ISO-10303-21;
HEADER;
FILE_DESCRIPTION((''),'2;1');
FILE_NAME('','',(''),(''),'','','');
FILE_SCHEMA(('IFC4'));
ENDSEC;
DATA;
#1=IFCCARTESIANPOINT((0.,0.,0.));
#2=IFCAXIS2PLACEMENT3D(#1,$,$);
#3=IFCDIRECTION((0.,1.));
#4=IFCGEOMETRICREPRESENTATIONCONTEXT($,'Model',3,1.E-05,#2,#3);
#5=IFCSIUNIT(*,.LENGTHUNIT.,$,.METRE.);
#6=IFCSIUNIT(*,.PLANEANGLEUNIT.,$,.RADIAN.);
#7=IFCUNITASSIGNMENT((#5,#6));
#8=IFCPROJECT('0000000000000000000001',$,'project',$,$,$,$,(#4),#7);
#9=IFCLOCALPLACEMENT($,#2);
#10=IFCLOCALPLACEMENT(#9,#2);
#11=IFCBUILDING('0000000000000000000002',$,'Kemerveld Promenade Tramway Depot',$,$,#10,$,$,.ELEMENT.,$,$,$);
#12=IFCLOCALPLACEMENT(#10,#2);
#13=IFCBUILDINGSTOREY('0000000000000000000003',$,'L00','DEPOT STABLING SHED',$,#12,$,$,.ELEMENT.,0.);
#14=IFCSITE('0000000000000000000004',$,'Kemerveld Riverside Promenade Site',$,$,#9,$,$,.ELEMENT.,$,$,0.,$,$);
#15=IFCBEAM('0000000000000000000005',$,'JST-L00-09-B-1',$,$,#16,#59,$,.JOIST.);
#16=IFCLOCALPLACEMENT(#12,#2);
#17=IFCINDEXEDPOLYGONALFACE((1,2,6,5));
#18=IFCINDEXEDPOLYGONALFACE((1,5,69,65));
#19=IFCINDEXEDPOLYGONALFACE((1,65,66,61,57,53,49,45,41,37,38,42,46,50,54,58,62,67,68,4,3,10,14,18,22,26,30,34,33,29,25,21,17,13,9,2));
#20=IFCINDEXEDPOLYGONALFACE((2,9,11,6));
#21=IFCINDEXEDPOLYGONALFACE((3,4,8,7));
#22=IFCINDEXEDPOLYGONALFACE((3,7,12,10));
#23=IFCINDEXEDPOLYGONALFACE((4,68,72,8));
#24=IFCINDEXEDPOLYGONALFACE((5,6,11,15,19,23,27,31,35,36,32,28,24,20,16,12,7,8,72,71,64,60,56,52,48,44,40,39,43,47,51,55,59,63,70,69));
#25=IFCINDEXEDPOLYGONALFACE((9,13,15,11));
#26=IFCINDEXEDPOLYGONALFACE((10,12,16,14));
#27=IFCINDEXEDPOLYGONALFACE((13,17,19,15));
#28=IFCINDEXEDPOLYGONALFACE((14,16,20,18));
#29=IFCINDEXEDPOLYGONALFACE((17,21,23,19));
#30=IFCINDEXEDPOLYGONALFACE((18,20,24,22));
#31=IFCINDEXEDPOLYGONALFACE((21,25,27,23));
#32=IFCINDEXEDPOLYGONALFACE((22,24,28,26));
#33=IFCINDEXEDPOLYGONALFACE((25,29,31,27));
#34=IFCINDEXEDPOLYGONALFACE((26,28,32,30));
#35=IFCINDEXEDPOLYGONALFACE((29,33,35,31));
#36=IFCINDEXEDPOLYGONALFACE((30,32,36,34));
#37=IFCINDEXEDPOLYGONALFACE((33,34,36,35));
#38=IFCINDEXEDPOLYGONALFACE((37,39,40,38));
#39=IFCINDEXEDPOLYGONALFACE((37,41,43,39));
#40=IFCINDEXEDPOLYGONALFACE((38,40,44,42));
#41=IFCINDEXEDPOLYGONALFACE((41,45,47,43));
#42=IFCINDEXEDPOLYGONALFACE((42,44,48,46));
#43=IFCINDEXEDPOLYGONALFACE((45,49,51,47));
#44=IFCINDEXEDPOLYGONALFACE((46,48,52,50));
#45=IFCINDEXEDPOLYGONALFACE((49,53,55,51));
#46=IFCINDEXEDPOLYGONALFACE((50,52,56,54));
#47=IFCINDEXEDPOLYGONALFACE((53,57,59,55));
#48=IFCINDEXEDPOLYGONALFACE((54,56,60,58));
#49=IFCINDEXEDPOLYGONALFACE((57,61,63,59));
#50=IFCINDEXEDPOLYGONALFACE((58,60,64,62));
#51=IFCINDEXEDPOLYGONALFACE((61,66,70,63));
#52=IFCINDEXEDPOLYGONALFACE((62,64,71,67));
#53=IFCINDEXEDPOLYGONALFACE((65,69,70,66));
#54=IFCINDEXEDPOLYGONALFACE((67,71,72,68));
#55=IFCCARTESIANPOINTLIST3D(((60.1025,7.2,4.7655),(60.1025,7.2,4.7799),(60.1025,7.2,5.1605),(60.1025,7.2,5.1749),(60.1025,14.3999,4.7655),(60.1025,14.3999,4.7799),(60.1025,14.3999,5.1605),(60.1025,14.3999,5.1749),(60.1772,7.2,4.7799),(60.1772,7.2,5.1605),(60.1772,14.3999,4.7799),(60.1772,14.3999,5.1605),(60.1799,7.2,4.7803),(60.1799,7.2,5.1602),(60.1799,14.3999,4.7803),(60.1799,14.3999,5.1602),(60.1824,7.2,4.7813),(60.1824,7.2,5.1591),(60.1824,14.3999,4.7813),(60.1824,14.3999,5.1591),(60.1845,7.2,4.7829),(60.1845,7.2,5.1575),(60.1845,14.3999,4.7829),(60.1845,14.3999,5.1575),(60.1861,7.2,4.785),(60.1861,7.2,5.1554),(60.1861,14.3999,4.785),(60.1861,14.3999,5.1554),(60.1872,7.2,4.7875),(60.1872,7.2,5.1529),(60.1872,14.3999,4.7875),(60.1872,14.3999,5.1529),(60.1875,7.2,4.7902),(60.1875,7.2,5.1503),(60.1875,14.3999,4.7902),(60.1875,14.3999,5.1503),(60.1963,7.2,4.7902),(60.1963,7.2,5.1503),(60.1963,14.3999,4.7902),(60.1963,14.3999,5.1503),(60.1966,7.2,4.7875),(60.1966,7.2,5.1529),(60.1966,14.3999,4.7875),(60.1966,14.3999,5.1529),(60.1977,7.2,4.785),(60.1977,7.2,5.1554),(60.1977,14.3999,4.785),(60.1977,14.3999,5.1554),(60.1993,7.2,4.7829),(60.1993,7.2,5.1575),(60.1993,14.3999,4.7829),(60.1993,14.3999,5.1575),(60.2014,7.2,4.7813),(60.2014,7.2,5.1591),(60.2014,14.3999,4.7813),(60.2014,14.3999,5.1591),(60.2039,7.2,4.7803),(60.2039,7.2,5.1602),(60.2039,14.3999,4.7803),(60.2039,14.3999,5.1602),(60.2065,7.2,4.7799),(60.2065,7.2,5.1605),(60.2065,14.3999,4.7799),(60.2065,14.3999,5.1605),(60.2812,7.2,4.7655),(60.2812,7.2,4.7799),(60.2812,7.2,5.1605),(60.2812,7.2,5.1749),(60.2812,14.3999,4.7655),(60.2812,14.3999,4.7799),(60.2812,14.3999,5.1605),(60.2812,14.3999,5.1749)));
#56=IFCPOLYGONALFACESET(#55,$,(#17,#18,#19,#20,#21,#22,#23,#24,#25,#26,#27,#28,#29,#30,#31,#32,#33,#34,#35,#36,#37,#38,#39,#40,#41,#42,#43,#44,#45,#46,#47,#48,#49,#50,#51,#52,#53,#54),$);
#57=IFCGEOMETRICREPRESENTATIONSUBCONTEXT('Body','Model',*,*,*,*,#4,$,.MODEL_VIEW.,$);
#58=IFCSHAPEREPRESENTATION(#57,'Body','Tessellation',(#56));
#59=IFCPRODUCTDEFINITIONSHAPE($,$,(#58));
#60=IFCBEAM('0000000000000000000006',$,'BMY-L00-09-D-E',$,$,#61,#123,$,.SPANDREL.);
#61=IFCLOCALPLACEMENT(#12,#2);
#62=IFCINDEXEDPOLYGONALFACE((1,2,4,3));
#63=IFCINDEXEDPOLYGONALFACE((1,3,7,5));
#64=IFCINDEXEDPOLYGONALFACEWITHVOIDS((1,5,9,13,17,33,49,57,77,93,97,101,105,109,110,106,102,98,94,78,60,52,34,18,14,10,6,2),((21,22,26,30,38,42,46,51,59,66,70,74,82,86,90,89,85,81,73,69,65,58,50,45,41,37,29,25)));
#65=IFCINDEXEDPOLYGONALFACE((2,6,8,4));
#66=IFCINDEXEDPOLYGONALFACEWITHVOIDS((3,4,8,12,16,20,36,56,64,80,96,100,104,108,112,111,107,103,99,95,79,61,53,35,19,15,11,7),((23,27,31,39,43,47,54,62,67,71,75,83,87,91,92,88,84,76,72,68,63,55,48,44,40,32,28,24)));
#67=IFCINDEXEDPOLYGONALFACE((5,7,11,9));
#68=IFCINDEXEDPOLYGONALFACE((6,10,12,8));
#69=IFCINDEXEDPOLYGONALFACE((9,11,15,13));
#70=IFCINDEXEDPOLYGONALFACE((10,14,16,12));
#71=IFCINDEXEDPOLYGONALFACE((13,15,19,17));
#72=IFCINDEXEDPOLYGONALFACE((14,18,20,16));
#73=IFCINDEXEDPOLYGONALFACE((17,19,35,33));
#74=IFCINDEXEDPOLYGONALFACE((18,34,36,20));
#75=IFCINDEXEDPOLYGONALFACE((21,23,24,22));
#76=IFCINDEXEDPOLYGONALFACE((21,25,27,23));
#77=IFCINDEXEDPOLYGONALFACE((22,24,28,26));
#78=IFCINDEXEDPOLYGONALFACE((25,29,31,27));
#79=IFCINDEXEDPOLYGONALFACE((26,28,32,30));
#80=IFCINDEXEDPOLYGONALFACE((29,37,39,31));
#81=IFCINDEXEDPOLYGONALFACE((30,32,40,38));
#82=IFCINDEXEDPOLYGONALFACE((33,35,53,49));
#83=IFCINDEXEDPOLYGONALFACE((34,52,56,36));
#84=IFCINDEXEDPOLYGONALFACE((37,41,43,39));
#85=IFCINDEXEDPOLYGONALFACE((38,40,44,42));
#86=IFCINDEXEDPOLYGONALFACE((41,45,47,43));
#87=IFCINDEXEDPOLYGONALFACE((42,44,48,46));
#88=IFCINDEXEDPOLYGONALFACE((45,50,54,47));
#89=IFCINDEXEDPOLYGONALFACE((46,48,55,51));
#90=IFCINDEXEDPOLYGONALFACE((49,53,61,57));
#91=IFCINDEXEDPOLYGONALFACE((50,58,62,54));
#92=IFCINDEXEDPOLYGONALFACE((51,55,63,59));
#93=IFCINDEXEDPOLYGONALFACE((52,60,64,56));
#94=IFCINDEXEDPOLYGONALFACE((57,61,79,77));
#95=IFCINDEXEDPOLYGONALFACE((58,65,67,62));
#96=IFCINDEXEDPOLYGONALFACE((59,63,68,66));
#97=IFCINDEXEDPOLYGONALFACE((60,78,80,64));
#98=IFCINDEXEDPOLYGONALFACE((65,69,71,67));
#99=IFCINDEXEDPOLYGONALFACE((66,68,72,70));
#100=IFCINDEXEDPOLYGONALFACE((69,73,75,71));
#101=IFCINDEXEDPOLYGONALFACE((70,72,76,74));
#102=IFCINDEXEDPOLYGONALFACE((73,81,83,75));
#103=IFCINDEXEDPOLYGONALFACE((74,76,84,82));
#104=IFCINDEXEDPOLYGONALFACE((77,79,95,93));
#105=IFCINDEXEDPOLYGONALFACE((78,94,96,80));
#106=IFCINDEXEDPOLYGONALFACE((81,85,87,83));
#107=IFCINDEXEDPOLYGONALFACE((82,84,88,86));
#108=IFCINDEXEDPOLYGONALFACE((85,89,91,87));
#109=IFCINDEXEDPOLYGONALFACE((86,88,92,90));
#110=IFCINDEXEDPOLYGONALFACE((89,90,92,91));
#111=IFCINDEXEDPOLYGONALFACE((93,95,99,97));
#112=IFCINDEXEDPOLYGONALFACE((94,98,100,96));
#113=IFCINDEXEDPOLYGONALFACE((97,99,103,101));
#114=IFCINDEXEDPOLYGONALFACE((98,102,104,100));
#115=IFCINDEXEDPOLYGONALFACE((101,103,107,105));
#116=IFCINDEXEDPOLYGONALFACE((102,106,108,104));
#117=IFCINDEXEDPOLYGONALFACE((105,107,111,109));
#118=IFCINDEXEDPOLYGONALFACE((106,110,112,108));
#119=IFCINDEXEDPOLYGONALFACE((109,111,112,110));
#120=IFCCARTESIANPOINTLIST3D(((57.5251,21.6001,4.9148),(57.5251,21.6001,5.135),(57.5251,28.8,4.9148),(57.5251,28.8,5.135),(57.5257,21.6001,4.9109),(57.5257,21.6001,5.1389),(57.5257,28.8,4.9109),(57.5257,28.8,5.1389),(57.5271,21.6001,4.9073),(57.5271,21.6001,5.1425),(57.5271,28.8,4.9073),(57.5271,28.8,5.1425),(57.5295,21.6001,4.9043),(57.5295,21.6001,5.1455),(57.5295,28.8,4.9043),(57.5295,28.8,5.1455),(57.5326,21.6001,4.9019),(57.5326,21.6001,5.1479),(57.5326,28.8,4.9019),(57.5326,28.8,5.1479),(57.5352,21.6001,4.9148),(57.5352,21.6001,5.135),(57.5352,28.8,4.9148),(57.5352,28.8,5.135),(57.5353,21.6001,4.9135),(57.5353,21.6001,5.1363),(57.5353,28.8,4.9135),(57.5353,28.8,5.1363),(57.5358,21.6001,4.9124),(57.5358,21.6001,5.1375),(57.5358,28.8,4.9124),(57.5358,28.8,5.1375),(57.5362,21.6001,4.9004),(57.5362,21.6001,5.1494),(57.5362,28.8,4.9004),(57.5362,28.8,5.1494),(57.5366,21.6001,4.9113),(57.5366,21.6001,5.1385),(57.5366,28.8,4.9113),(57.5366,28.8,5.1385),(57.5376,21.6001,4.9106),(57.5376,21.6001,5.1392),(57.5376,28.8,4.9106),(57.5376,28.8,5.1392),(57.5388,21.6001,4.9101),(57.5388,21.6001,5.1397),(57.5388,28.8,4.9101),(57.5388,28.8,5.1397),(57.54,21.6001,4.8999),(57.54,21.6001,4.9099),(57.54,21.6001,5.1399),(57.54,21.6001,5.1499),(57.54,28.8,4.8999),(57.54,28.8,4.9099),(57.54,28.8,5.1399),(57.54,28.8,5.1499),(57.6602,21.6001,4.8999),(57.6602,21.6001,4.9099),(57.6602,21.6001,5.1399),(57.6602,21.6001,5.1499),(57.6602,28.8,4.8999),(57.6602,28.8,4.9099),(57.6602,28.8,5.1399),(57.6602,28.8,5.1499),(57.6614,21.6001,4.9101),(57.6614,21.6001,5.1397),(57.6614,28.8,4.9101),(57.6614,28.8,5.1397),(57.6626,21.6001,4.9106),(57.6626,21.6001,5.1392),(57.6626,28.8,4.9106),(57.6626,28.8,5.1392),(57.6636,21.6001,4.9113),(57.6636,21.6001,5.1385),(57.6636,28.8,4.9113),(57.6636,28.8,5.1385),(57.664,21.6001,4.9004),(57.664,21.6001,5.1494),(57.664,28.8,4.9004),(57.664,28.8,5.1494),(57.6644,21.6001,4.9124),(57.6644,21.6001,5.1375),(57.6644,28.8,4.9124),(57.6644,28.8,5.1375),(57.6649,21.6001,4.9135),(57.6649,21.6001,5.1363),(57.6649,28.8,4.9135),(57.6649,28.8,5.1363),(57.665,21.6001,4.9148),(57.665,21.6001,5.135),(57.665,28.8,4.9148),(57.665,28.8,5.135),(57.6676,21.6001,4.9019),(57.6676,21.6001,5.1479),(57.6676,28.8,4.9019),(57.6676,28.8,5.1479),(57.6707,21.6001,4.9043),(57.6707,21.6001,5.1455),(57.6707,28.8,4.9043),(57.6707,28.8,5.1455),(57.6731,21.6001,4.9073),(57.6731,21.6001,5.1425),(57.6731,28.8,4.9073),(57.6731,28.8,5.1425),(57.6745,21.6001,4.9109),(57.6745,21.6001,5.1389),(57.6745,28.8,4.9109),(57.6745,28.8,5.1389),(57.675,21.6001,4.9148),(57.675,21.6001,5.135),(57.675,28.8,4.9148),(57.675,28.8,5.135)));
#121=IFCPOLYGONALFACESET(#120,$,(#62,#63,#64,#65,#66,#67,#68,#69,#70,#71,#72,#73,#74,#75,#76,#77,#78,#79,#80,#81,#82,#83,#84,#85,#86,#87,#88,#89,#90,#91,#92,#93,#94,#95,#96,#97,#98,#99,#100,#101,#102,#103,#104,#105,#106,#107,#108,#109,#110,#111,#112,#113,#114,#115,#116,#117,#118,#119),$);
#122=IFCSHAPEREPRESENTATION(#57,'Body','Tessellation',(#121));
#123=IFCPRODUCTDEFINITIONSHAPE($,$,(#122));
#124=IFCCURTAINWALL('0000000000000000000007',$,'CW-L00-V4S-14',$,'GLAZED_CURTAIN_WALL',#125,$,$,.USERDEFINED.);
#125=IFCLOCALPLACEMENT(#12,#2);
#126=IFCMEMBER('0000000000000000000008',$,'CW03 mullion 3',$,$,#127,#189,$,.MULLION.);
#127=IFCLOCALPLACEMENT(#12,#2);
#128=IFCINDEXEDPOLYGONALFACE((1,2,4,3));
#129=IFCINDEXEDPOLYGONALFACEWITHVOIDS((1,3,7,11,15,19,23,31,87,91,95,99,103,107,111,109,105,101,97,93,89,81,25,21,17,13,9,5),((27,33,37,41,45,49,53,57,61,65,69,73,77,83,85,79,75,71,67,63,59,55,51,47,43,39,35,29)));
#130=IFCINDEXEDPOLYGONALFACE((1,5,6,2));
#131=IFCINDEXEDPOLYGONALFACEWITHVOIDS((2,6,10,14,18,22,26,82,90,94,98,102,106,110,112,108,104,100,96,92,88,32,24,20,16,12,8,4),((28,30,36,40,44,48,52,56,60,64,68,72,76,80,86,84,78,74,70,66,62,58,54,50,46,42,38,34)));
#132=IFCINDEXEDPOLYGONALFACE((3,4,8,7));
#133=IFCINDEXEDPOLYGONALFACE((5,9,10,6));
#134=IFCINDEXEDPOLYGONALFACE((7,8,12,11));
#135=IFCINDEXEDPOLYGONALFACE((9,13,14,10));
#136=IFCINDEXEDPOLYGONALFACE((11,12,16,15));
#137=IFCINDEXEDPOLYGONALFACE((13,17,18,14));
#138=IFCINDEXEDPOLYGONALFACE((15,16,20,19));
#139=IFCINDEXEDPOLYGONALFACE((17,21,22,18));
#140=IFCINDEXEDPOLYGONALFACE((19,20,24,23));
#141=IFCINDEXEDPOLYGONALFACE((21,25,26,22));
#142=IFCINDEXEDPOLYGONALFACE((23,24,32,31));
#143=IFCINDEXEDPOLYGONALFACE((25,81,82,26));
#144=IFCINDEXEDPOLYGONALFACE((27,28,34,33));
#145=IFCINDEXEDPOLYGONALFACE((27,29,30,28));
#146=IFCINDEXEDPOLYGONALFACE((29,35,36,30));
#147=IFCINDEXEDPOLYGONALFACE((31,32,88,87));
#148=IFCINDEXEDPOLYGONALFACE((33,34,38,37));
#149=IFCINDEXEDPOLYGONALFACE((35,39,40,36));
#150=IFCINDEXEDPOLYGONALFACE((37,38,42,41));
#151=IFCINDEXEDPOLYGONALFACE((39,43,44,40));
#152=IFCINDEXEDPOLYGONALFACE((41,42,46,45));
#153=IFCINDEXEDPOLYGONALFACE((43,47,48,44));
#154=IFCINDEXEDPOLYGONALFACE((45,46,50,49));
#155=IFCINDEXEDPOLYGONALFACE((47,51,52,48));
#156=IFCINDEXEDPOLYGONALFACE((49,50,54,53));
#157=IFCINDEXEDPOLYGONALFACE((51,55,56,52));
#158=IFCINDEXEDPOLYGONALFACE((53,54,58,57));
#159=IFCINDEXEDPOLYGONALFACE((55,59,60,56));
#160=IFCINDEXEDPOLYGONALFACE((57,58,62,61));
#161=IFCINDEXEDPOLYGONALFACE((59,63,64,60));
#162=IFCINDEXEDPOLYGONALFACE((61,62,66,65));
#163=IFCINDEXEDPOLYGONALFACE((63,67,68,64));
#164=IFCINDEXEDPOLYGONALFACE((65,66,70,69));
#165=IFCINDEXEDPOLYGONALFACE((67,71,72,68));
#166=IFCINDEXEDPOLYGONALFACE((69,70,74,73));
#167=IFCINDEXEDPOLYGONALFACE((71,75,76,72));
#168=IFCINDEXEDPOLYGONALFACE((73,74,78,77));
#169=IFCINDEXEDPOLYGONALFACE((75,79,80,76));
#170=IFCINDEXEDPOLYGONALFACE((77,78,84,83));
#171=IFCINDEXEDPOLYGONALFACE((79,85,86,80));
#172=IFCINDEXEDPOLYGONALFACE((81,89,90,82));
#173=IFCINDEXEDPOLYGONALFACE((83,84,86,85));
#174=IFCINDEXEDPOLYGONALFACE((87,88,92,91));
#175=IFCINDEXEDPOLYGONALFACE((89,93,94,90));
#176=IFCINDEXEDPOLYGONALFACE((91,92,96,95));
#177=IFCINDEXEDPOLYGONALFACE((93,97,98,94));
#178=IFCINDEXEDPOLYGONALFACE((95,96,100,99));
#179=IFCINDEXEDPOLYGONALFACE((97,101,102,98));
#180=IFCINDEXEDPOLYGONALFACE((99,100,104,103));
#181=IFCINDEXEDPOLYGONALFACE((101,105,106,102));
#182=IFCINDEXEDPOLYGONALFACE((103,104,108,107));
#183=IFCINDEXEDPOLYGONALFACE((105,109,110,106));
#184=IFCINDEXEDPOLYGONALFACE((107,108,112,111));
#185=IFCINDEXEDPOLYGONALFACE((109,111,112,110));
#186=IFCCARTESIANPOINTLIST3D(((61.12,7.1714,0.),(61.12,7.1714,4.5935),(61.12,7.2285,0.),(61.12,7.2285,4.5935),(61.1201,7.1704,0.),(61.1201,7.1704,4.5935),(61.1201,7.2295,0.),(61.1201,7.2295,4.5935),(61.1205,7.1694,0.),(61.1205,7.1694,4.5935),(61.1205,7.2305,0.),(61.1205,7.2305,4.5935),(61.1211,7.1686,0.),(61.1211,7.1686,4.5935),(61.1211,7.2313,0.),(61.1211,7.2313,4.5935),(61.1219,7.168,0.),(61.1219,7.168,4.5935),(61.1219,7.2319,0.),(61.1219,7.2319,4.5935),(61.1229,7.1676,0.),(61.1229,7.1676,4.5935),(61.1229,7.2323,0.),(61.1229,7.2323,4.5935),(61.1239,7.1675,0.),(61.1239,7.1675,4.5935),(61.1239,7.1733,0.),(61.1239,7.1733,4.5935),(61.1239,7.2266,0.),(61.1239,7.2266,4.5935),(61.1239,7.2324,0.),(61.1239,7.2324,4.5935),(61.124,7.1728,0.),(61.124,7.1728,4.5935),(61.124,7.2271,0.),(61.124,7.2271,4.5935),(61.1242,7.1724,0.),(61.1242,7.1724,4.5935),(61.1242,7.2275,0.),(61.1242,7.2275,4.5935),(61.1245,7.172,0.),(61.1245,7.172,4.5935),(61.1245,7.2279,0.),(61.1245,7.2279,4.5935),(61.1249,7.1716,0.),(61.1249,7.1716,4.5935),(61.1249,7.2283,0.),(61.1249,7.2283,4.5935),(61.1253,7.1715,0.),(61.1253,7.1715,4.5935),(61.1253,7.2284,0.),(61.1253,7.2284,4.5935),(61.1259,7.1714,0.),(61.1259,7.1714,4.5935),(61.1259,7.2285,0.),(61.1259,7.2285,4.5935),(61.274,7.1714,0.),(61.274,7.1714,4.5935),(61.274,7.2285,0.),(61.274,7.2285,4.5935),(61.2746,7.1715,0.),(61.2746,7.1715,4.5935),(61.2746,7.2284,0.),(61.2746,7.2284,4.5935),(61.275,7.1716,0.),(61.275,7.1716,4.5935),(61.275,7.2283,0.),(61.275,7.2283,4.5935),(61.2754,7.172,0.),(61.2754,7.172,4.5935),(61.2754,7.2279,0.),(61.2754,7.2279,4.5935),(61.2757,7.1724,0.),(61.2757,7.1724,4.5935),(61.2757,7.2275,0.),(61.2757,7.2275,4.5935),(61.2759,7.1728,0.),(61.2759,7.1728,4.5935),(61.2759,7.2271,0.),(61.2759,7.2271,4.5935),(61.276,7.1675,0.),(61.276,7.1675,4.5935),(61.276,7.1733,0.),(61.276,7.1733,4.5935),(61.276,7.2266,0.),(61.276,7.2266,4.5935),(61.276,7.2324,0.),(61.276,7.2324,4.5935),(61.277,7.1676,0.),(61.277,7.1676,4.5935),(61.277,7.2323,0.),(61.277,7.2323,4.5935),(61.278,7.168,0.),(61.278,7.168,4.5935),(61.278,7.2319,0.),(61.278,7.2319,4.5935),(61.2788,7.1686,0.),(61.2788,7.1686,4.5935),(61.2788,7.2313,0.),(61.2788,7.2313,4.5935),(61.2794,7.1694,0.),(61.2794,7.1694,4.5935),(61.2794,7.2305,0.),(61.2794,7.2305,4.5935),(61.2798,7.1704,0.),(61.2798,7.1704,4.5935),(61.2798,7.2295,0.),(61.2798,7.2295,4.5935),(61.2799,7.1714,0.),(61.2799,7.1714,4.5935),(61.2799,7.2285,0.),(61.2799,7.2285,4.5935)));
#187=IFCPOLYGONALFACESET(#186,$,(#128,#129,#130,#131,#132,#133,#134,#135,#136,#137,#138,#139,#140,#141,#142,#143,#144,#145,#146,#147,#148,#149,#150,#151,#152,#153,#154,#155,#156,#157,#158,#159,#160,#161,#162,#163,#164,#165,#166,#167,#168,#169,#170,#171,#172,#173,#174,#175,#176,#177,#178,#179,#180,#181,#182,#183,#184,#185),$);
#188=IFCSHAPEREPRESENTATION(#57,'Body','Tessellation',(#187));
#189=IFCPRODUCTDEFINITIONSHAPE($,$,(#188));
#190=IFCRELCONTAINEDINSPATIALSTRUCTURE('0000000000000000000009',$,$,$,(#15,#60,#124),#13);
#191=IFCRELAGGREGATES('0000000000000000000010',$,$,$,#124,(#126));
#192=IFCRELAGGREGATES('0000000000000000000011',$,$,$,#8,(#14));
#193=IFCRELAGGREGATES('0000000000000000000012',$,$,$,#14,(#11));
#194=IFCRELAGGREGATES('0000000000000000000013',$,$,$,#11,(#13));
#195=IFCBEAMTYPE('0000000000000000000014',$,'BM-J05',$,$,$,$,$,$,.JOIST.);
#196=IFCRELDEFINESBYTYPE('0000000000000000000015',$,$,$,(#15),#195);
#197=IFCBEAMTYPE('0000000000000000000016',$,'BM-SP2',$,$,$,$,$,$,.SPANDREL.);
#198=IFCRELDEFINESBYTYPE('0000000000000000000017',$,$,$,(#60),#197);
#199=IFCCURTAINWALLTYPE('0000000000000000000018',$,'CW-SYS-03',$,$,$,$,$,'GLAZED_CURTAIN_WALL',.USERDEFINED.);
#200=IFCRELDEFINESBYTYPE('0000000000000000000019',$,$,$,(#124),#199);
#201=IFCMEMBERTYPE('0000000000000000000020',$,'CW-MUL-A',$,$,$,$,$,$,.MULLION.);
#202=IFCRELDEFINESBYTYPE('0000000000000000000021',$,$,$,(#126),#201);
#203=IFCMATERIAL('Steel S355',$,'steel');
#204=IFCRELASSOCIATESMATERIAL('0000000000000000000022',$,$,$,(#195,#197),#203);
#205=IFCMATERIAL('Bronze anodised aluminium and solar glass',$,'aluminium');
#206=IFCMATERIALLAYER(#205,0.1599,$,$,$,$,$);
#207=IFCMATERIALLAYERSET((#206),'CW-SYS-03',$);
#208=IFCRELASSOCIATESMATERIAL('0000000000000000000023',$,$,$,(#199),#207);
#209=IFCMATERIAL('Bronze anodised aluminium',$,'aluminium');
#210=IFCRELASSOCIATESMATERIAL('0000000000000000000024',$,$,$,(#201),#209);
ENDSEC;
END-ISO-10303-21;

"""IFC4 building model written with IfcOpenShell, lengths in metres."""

from ifc_helpers import new_model, si_unit, direction, frame, origin, origin_2d, place, context, subcontext, project, spatial, hollow_rectangle, i_section, extrude, material, layer, layer_set, material_profile, profile_set, type_object, element, aggregate, save


model = new_model("IFC4")

# Units and contexts
model_context = context("Model", 3, precision=1e-05, world=origin(), true_north=direction((0.0, 1.0)))
body_context = subcontext(model_context, "Body", "Model", "MODEL_VIEW")
ifc_project = project(units=[si_unit("LENGTHUNIT", "METRE"), si_unit("PLANEANGLEUNIT", "RADIAN")], contexts=[model_context])

# Site, building, storey
site_placement = place(None, origin())
site = spatial("IfcSite", under=ifc_project, at=site_placement, Name="Kemerveld Riverside Promenade Site", CompositionType="ELEMENT", RefElevation=0.0)
building_placement = place(site_placement, origin())
building = spatial("IfcBuilding", under=site, at=building_placement, Name="Kemerveld Promenade Tramway Depot", CompositionType="ELEMENT")
storey_placement = place(building_placement, origin())
storey = spatial("IfcBuildingStorey", under=building, at=storey_placement, Name="L00", Description="DEPOT STABLING SHED", CompositionType="ELEMENT", Elevation=0.0)

# Shared definitions
ifc_material_1 = material(Name="Steel S355", Category="steel")

# Beams
ifc_material_profile_1 = material_profile(ifc_material_1, i_section(OverallWidth=0.1787, OverallDepth=0.4094, WebThickness=0.0088, FlangeThickness=0.0144, FilletRadius=0.0103, at=origin_2d()), Name="406x178x67 UB")
ifc_profile_set_1 = profile_set([ifc_material_profile_1], Name="Steel S355")
beam_type_1 = type_object("IfcBeamType", Name="BM-J05", PredefinedType="JOIST", material=ifc_profile_set_1)
beam_1_placement = place(storey_placement, frame((60.1919, 7.2, 4.9702), z_axis=(0.0, 1.0, 0.0), x_axis=(-1.0, 0.0, 0.0)))
element("IfcBeam", 1, at=beam_1_placement, inside=storey, type_object=beam_type_1, Name="JST-L00-09-B-1", PredefinedType="JOIST", context=body_context, shape_type="SweptSolid", body=[
    extrude(i_section(OverallWidth=0.1787, OverallDepth=0.4094, WebThickness=0.0088, FlangeThickness=0.0144, FilletRadius=0.0103, at=origin_2d()), origin(), (0.0, 0.0, 1.0), 7.2),
])
ifc_material_profile_2 = material_profile(ifc_material_1, hollow_rectangle(XDim=0.1499, YDim=0.25, WallThickness=0.01, InnerFilletRadius=0.0049, OuterFilletRadius=0.0149, at=origin_2d()), Name="250x150x10.0 RHS")
ifc_profile_set_2 = profile_set([ifc_material_profile_2], Name="Steel S355")
beam_type_2 = type_object("IfcBeamType", Name="BM-SP2", PredefinedType="SPANDREL", material=ifc_profile_set_2)
beam_2_placement = place(storey_placement, frame((57.6001, 21.6001, 5.0249), z_axis=(0.0, 1.0, 0.0), x_axis=(-1.0, 0.0, 0.0)))
element("IfcBeam", 2, at=beam_2_placement, inside=storey, type_object=beam_type_2, Name="BMY-L00-09-D-E", PredefinedType="SPANDREL", context=body_context, shape_type="SweptSolid", body=[
    extrude(hollow_rectangle(XDim=0.1499, YDim=0.25, WallThickness=0.01, InnerFilletRadius=0.0049, OuterFilletRadius=0.0149, at=origin_2d()), origin(), (0.0, 0.0, 1.0), 7.2),
])

# Curtain wall, member
ifc_material_2 = material(Name="Bronze anodised aluminium and solar glass", Category="aluminium")
ifc_layer_1 = layer(ifc_material_2, 0.1599)
ifc_layer_set_1 = layer_set([ifc_layer_1], Name="CW-SYS-03")
curtain_wall_type = type_object("IfcCurtainWallType", Name="CW-SYS-03", ElementType="GLAZED_CURTAIN_WALL", PredefinedType="USERDEFINED", material=ifc_layer_set_1)
curtain_wall_placement = place(storey_placement, origin())
curtain_wall = element("IfcCurtainWall", 3, at=curtain_wall_placement, inside=storey, type_object=curtain_wall_type, Name="CW-L00-V4S-14", ObjectType="GLAZED_CURTAIN_WALL", PredefinedType="USERDEFINED")
ifc_material_3 = material(Name="Bronze anodised aluminium", Category="aluminium")
ifc_material_profile_3 = material_profile(ifc_material_3, hollow_rectangle(XDim=0.0649, YDim=0.1599, WallThickness=0.0039, InnerFilletRadius=0.002, OuterFilletRadius=0.0039, at=origin_2d()), Name="CW-MUL-160x65")
ifc_profile_set_3 = profile_set([ifc_material_profile_3], Name="Bronze anodised aluminium")
member_type_1 = type_object("IfcMemberType", Name="CW-MUL-A", PredefinedType="MULLION", material=ifc_profile_set_3)
member_1_placement = place(storey_placement, frame((61.2, 7.2, 0.0), z_axis=(0.0, 0.0, 1.0), x_axis=(0.0, -1.0, 0.0)))
member_1 = element("IfcMember", 4, at=member_1_placement, type_object=member_type_1, Name="CW03 mullion 3", PredefinedType="MULLION", context=body_context, shape_type="SweptSolid", body=[
    extrude(hollow_rectangle(XDim=0.0649, YDim=0.1599, WallThickness=0.0039, InnerFilletRadius=0.002, OuterFilletRadius=0.0039, at=origin_2d()), origin(), (0.0, 0.0, 1.0), 4.5935),
])
aggregate(curtain_wall, [member_1])

save(model, "model.ifc")
